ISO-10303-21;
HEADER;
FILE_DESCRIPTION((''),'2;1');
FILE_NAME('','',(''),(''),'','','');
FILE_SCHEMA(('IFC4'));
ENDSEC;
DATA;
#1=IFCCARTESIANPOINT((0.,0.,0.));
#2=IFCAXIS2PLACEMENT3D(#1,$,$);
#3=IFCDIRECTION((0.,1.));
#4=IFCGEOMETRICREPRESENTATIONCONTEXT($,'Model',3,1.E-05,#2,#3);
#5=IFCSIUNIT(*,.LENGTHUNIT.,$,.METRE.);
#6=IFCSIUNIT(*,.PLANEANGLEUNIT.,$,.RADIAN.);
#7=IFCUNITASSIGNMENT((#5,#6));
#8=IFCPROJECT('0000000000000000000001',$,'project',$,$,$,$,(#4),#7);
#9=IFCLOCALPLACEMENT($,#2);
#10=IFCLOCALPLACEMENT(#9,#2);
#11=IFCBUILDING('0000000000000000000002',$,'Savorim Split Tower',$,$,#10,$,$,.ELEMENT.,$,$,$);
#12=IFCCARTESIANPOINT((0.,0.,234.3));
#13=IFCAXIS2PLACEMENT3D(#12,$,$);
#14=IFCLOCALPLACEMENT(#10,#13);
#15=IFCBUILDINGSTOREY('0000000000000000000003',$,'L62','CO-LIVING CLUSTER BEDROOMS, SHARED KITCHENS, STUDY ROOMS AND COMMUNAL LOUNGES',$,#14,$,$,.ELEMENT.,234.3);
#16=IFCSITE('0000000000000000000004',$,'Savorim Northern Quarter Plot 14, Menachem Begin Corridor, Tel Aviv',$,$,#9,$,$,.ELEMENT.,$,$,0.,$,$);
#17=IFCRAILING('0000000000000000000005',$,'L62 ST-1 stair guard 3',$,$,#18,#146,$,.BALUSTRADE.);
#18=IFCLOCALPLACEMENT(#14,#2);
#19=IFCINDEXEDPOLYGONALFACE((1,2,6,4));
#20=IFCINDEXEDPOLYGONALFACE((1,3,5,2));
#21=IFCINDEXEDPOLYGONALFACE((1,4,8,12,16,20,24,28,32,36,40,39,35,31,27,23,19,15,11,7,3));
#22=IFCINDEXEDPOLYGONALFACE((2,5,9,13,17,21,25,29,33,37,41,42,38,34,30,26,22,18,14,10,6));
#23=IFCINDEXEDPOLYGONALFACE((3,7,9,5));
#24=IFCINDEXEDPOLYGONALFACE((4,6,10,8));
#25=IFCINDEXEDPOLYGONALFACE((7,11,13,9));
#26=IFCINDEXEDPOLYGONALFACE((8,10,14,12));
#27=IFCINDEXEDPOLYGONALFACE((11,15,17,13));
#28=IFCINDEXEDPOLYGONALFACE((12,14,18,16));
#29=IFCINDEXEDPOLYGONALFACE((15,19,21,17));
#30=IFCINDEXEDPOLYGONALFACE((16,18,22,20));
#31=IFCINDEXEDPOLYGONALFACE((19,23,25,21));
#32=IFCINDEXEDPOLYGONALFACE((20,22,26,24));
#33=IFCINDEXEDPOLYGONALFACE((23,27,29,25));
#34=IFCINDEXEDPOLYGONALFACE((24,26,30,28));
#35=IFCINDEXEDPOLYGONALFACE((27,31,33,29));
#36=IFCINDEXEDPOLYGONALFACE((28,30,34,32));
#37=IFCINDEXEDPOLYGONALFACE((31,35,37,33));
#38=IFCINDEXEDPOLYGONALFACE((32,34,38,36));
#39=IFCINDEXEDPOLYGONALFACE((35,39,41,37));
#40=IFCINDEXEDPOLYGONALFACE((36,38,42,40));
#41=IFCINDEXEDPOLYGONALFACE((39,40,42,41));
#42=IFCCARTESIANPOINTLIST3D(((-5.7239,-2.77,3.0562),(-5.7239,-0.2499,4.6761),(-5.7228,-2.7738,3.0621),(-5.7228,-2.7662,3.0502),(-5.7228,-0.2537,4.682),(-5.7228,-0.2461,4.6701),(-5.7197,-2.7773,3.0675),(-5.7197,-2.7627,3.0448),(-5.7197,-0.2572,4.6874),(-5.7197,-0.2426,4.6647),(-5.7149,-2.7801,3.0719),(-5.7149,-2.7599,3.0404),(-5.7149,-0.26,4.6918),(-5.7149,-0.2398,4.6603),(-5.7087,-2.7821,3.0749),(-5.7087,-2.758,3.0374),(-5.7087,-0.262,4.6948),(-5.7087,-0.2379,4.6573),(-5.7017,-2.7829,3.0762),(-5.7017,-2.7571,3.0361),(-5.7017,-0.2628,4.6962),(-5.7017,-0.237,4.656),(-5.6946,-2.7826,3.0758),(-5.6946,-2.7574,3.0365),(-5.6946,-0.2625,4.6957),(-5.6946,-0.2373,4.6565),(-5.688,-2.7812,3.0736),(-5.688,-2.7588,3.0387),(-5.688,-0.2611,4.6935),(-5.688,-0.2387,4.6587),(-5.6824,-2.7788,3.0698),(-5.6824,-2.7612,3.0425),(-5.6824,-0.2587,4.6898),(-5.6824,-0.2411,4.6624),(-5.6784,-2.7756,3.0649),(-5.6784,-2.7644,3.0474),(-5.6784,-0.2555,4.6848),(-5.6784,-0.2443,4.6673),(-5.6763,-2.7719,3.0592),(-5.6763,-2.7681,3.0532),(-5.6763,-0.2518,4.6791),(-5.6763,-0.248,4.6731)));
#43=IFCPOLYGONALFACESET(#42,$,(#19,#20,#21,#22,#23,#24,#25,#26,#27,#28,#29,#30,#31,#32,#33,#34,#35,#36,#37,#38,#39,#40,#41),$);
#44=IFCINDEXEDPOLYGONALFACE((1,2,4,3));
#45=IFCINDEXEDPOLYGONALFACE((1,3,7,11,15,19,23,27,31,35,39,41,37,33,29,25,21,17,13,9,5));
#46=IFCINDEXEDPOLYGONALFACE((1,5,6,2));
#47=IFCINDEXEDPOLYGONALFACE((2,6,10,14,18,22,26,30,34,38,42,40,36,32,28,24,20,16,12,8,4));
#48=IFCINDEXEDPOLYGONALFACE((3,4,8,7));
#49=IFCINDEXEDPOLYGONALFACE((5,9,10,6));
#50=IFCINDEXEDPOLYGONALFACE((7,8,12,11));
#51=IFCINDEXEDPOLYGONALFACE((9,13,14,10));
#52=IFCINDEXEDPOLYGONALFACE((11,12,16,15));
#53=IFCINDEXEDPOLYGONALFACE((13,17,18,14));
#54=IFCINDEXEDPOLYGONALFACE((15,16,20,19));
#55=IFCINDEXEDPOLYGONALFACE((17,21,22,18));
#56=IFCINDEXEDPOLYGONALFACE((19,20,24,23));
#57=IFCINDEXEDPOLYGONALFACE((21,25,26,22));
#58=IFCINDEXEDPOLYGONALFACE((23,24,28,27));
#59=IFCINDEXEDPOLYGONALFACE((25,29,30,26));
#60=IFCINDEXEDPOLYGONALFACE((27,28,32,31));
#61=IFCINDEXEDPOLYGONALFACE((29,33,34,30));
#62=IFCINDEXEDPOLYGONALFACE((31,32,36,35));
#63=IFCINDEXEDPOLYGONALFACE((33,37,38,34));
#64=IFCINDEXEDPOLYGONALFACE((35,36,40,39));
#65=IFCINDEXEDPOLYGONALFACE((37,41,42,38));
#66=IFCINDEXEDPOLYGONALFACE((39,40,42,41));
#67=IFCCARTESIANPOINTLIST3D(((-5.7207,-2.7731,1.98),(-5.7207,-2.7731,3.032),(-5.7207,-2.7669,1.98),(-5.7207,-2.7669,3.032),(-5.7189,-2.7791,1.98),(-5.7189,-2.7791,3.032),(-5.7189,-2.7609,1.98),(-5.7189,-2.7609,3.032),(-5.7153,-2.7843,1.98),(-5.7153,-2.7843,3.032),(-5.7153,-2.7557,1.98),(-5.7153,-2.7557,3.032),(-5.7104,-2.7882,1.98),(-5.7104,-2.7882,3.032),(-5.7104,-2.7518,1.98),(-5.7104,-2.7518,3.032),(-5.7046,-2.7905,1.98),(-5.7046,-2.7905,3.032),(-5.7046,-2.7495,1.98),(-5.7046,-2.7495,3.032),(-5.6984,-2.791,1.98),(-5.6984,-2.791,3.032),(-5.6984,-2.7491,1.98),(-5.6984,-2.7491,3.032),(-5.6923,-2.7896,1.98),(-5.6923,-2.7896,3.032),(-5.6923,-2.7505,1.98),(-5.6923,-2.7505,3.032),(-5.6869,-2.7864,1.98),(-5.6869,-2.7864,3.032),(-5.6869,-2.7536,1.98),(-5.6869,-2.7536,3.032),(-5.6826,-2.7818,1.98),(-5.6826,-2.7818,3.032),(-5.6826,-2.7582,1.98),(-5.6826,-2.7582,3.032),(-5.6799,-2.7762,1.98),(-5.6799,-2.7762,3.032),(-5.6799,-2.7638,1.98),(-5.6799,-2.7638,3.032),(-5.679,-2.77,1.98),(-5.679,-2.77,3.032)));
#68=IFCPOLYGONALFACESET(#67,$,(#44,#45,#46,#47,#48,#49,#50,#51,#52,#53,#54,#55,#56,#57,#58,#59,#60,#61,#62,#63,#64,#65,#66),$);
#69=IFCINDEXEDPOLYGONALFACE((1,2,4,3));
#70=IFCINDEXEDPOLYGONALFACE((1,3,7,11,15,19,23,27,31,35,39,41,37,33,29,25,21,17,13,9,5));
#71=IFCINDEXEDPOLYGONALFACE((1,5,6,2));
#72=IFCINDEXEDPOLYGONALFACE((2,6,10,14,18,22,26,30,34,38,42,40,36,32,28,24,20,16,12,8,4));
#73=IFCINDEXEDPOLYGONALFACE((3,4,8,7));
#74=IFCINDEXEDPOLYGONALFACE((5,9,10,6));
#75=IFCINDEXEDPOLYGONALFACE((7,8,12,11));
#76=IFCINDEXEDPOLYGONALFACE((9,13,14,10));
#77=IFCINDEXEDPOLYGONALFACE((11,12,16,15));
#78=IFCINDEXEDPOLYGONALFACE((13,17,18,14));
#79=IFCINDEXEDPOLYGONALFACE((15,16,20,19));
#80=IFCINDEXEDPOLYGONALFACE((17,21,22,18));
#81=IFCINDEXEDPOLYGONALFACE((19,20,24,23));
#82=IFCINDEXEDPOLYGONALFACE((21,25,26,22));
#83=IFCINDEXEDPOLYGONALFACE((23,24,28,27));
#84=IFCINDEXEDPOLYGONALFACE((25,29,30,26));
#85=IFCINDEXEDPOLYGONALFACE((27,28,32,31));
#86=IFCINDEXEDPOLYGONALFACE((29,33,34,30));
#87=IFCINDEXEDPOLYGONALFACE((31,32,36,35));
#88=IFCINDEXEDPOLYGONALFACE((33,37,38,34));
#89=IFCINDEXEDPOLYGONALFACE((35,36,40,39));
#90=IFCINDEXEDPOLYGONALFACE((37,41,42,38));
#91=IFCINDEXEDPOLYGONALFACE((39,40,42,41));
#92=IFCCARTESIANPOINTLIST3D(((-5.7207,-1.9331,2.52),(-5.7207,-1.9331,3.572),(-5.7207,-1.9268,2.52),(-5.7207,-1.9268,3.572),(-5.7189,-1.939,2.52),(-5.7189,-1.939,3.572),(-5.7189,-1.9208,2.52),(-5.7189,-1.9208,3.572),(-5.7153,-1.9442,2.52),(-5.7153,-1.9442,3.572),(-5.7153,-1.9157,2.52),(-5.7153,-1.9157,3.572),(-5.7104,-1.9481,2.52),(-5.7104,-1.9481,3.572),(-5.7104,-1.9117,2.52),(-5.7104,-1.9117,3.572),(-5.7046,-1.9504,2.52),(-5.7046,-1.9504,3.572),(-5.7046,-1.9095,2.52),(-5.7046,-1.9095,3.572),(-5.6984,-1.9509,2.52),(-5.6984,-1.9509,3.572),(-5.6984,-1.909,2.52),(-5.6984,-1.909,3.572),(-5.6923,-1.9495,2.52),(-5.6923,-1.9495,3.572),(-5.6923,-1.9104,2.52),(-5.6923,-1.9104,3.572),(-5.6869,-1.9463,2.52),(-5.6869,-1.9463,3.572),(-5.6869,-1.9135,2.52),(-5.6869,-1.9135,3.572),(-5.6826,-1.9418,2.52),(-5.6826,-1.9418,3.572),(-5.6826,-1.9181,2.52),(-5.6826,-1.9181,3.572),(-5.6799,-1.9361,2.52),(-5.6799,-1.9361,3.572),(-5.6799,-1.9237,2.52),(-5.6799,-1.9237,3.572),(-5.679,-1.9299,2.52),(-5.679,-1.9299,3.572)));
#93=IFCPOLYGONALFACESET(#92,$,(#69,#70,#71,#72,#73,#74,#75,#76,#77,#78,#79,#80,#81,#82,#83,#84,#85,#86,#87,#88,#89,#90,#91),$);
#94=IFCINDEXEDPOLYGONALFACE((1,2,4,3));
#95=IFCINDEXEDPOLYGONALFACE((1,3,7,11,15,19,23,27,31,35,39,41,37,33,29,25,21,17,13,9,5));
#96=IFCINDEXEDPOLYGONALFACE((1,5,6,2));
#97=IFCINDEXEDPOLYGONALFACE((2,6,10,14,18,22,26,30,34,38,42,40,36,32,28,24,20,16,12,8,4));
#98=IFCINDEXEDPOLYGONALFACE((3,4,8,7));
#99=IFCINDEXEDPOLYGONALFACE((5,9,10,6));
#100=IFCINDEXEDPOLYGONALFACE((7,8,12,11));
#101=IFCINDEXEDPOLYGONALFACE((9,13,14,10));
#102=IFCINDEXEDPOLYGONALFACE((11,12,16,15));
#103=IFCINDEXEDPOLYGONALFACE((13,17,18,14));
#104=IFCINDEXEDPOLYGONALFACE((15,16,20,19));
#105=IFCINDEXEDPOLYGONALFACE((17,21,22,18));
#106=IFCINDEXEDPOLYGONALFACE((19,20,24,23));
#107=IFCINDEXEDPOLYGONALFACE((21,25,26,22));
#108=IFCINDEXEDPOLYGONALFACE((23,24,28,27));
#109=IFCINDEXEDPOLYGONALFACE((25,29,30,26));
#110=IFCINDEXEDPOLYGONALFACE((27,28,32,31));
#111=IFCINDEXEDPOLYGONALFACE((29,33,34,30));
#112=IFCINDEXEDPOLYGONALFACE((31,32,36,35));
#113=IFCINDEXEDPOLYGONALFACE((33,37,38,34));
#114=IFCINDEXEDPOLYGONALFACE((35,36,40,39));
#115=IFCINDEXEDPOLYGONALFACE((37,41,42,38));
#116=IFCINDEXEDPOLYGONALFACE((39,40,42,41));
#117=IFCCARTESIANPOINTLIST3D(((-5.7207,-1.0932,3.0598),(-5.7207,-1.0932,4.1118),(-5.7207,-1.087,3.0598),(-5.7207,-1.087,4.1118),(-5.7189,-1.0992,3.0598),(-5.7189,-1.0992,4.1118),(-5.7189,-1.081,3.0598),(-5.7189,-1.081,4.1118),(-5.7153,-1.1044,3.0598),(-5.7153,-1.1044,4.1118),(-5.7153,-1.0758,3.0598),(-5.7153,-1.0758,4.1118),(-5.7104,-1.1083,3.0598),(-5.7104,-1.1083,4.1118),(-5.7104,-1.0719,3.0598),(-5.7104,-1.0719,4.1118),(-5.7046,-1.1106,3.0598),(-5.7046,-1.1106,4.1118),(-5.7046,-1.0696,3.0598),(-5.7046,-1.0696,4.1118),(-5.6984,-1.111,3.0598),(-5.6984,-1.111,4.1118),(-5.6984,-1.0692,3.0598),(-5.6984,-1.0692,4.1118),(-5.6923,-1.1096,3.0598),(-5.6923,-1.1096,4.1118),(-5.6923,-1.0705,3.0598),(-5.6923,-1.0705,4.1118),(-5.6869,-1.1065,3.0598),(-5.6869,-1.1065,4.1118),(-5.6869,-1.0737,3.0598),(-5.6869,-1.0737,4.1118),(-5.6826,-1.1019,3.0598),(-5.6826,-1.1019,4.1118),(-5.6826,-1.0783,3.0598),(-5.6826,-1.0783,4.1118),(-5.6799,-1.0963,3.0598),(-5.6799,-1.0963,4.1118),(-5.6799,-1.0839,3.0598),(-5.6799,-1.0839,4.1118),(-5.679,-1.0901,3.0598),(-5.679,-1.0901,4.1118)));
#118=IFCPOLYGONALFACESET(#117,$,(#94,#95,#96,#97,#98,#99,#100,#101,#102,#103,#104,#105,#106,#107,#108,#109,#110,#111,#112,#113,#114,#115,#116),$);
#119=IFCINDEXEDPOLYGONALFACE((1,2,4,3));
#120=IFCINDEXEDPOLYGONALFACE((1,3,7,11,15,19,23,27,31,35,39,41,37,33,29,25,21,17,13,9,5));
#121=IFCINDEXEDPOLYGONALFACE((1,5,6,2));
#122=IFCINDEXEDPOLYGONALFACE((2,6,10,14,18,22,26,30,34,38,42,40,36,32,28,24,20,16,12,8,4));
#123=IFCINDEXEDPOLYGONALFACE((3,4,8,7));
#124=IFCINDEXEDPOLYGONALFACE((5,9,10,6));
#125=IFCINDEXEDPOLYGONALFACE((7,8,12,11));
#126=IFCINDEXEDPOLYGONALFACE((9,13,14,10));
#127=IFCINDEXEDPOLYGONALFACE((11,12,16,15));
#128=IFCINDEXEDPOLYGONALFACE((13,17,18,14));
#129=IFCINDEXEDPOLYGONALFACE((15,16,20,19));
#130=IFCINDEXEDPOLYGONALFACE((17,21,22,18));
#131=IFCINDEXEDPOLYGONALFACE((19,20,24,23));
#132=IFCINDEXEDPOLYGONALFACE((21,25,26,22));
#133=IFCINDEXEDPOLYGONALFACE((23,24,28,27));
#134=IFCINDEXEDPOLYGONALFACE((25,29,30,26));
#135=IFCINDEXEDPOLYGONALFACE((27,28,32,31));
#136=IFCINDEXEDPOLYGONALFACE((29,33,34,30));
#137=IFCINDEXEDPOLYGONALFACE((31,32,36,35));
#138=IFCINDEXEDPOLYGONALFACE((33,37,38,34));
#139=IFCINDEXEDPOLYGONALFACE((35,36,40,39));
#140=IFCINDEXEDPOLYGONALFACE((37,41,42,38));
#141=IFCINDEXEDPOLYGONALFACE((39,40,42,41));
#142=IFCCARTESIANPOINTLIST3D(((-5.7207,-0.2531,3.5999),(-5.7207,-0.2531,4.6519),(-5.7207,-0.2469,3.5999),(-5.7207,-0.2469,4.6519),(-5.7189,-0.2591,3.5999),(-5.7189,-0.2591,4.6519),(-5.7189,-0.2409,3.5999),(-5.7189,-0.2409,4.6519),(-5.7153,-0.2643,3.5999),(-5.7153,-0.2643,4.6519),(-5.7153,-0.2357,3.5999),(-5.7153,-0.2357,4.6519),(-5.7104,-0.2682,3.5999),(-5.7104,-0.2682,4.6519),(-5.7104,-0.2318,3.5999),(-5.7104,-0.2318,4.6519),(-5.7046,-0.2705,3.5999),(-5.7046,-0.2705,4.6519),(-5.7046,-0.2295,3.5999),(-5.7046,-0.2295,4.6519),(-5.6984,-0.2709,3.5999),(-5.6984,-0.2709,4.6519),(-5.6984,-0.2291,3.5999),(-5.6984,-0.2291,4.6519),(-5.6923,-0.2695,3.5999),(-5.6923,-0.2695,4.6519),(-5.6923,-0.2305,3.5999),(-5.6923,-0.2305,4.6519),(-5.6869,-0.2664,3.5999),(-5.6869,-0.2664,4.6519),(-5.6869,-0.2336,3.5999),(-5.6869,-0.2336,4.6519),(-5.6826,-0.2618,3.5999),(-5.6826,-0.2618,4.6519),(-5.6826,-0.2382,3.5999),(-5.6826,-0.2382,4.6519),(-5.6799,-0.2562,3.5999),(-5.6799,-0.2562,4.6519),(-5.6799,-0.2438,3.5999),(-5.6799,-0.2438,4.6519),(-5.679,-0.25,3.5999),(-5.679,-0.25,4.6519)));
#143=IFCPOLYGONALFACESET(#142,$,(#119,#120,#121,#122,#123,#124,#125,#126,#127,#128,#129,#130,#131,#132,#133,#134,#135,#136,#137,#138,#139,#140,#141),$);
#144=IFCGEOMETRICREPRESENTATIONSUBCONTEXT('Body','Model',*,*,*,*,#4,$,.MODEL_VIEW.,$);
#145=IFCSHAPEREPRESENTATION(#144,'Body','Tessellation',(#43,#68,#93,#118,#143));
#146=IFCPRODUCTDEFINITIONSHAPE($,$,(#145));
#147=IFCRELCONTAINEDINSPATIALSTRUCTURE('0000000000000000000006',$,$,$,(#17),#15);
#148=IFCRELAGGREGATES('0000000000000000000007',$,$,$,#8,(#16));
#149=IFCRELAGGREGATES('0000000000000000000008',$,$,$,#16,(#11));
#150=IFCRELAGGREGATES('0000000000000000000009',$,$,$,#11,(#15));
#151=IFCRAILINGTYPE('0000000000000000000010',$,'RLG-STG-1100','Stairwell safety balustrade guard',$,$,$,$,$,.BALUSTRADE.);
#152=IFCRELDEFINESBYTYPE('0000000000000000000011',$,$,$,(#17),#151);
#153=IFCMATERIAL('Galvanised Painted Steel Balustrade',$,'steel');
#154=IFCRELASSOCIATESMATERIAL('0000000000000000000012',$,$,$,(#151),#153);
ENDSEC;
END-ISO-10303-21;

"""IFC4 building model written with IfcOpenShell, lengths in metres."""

from ifc_helpers import new_model, si_unit, direction, frame, origin, origin_2d, place, context, subcontext, project, spatial, circle, extrude, material, type_object, element, save


model = new_model("IFC4")

# Units and contexts
model_context = context("Model", 3, precision=1e-05, world=origin(), true_north=direction((0.0, 1.0)))
body_context = subcontext(model_context, "Body", "Model", "MODEL_VIEW")
ifc_project = project(units=[si_unit("LENGTHUNIT", "METRE"), si_unit("PLANEANGLEUNIT", "RADIAN")], contexts=[model_context])

# Site, building, storey
site_placement = place(None, origin())
site = spatial("IfcSite", under=ifc_project, at=site_placement, Name="Savorim Northern Quarter Plot 14, Menachem Begin Corridor, Tel Aviv", CompositionType="ELEMENT", RefElevation=0.0)
building_placement = place(site_placement, origin())
building = spatial("IfcBuilding", under=site, at=building_placement, Name="Savorim Split Tower", CompositionType="ELEMENT")
storey_placement = place(building_placement, frame((0.0, 0.0, 234.3)))
storey = spatial("IfcBuildingStorey", under=building, at=storey_placement, Name="L62", Description="CO-LIVING CLUSTER BEDROOMS, SHARED KITCHENS, STUDY ROOMS AND COMMUNAL LOUNGES", CompositionType="ELEMENT", Elevation=234.3)

# Railing
ifc_material_1 = material(Name="Galvanised Painted Steel Balustrade", Category="steel")
railing_type_1 = type_object("IfcRailingType", Name="RLG-STG-1100", Description="Stairwell safety balustrade guard", PredefinedType="BALUSTRADE", material=ifc_material_1)
railing_1_placement = place(storey_placement, frame((-5.7, -2.77, 1.98)))
element("IfcRailing", 1, at=railing_1_placement, inside=storey, type_object=railing_type_1, Name="L62 ST-1 stair guard 3", PredefinedType="BALUSTRADE", context=body_context, shape_type="SweptSolid", body=[
    extrude(circle(Radius=0.0239, at=origin_2d()), frame((0.0, 0.0, 1.0762), z_axis=(0.0, 0.8412, 0.540725), x_axis=(-1.0, 0.0, 0.0)), (0.0, 0.0, 1.0), 2.9958),
    extrude(circle(Radius=0.021, at=origin_2d()), origin(), (0.0, 0.0, 1.0), 1.052),
    extrude(circle(Radius=0.021, at=origin_2d()), frame((0.0, 0.8401, 0.54)), (0.0, 0.0, 1.0), 1.052),
    extrude(circle(Radius=0.021, at=origin_2d()), frame((0.0, 1.6799, 1.0798)), (0.0, 0.0, 1.0), 1.052),
    extrude(circle(Radius=0.021, at=origin_2d()), frame((0.0, 2.52, 1.6199)), (0.0, 0.0, 1.0), 1.052),
])

save(model, "model.ifc")
